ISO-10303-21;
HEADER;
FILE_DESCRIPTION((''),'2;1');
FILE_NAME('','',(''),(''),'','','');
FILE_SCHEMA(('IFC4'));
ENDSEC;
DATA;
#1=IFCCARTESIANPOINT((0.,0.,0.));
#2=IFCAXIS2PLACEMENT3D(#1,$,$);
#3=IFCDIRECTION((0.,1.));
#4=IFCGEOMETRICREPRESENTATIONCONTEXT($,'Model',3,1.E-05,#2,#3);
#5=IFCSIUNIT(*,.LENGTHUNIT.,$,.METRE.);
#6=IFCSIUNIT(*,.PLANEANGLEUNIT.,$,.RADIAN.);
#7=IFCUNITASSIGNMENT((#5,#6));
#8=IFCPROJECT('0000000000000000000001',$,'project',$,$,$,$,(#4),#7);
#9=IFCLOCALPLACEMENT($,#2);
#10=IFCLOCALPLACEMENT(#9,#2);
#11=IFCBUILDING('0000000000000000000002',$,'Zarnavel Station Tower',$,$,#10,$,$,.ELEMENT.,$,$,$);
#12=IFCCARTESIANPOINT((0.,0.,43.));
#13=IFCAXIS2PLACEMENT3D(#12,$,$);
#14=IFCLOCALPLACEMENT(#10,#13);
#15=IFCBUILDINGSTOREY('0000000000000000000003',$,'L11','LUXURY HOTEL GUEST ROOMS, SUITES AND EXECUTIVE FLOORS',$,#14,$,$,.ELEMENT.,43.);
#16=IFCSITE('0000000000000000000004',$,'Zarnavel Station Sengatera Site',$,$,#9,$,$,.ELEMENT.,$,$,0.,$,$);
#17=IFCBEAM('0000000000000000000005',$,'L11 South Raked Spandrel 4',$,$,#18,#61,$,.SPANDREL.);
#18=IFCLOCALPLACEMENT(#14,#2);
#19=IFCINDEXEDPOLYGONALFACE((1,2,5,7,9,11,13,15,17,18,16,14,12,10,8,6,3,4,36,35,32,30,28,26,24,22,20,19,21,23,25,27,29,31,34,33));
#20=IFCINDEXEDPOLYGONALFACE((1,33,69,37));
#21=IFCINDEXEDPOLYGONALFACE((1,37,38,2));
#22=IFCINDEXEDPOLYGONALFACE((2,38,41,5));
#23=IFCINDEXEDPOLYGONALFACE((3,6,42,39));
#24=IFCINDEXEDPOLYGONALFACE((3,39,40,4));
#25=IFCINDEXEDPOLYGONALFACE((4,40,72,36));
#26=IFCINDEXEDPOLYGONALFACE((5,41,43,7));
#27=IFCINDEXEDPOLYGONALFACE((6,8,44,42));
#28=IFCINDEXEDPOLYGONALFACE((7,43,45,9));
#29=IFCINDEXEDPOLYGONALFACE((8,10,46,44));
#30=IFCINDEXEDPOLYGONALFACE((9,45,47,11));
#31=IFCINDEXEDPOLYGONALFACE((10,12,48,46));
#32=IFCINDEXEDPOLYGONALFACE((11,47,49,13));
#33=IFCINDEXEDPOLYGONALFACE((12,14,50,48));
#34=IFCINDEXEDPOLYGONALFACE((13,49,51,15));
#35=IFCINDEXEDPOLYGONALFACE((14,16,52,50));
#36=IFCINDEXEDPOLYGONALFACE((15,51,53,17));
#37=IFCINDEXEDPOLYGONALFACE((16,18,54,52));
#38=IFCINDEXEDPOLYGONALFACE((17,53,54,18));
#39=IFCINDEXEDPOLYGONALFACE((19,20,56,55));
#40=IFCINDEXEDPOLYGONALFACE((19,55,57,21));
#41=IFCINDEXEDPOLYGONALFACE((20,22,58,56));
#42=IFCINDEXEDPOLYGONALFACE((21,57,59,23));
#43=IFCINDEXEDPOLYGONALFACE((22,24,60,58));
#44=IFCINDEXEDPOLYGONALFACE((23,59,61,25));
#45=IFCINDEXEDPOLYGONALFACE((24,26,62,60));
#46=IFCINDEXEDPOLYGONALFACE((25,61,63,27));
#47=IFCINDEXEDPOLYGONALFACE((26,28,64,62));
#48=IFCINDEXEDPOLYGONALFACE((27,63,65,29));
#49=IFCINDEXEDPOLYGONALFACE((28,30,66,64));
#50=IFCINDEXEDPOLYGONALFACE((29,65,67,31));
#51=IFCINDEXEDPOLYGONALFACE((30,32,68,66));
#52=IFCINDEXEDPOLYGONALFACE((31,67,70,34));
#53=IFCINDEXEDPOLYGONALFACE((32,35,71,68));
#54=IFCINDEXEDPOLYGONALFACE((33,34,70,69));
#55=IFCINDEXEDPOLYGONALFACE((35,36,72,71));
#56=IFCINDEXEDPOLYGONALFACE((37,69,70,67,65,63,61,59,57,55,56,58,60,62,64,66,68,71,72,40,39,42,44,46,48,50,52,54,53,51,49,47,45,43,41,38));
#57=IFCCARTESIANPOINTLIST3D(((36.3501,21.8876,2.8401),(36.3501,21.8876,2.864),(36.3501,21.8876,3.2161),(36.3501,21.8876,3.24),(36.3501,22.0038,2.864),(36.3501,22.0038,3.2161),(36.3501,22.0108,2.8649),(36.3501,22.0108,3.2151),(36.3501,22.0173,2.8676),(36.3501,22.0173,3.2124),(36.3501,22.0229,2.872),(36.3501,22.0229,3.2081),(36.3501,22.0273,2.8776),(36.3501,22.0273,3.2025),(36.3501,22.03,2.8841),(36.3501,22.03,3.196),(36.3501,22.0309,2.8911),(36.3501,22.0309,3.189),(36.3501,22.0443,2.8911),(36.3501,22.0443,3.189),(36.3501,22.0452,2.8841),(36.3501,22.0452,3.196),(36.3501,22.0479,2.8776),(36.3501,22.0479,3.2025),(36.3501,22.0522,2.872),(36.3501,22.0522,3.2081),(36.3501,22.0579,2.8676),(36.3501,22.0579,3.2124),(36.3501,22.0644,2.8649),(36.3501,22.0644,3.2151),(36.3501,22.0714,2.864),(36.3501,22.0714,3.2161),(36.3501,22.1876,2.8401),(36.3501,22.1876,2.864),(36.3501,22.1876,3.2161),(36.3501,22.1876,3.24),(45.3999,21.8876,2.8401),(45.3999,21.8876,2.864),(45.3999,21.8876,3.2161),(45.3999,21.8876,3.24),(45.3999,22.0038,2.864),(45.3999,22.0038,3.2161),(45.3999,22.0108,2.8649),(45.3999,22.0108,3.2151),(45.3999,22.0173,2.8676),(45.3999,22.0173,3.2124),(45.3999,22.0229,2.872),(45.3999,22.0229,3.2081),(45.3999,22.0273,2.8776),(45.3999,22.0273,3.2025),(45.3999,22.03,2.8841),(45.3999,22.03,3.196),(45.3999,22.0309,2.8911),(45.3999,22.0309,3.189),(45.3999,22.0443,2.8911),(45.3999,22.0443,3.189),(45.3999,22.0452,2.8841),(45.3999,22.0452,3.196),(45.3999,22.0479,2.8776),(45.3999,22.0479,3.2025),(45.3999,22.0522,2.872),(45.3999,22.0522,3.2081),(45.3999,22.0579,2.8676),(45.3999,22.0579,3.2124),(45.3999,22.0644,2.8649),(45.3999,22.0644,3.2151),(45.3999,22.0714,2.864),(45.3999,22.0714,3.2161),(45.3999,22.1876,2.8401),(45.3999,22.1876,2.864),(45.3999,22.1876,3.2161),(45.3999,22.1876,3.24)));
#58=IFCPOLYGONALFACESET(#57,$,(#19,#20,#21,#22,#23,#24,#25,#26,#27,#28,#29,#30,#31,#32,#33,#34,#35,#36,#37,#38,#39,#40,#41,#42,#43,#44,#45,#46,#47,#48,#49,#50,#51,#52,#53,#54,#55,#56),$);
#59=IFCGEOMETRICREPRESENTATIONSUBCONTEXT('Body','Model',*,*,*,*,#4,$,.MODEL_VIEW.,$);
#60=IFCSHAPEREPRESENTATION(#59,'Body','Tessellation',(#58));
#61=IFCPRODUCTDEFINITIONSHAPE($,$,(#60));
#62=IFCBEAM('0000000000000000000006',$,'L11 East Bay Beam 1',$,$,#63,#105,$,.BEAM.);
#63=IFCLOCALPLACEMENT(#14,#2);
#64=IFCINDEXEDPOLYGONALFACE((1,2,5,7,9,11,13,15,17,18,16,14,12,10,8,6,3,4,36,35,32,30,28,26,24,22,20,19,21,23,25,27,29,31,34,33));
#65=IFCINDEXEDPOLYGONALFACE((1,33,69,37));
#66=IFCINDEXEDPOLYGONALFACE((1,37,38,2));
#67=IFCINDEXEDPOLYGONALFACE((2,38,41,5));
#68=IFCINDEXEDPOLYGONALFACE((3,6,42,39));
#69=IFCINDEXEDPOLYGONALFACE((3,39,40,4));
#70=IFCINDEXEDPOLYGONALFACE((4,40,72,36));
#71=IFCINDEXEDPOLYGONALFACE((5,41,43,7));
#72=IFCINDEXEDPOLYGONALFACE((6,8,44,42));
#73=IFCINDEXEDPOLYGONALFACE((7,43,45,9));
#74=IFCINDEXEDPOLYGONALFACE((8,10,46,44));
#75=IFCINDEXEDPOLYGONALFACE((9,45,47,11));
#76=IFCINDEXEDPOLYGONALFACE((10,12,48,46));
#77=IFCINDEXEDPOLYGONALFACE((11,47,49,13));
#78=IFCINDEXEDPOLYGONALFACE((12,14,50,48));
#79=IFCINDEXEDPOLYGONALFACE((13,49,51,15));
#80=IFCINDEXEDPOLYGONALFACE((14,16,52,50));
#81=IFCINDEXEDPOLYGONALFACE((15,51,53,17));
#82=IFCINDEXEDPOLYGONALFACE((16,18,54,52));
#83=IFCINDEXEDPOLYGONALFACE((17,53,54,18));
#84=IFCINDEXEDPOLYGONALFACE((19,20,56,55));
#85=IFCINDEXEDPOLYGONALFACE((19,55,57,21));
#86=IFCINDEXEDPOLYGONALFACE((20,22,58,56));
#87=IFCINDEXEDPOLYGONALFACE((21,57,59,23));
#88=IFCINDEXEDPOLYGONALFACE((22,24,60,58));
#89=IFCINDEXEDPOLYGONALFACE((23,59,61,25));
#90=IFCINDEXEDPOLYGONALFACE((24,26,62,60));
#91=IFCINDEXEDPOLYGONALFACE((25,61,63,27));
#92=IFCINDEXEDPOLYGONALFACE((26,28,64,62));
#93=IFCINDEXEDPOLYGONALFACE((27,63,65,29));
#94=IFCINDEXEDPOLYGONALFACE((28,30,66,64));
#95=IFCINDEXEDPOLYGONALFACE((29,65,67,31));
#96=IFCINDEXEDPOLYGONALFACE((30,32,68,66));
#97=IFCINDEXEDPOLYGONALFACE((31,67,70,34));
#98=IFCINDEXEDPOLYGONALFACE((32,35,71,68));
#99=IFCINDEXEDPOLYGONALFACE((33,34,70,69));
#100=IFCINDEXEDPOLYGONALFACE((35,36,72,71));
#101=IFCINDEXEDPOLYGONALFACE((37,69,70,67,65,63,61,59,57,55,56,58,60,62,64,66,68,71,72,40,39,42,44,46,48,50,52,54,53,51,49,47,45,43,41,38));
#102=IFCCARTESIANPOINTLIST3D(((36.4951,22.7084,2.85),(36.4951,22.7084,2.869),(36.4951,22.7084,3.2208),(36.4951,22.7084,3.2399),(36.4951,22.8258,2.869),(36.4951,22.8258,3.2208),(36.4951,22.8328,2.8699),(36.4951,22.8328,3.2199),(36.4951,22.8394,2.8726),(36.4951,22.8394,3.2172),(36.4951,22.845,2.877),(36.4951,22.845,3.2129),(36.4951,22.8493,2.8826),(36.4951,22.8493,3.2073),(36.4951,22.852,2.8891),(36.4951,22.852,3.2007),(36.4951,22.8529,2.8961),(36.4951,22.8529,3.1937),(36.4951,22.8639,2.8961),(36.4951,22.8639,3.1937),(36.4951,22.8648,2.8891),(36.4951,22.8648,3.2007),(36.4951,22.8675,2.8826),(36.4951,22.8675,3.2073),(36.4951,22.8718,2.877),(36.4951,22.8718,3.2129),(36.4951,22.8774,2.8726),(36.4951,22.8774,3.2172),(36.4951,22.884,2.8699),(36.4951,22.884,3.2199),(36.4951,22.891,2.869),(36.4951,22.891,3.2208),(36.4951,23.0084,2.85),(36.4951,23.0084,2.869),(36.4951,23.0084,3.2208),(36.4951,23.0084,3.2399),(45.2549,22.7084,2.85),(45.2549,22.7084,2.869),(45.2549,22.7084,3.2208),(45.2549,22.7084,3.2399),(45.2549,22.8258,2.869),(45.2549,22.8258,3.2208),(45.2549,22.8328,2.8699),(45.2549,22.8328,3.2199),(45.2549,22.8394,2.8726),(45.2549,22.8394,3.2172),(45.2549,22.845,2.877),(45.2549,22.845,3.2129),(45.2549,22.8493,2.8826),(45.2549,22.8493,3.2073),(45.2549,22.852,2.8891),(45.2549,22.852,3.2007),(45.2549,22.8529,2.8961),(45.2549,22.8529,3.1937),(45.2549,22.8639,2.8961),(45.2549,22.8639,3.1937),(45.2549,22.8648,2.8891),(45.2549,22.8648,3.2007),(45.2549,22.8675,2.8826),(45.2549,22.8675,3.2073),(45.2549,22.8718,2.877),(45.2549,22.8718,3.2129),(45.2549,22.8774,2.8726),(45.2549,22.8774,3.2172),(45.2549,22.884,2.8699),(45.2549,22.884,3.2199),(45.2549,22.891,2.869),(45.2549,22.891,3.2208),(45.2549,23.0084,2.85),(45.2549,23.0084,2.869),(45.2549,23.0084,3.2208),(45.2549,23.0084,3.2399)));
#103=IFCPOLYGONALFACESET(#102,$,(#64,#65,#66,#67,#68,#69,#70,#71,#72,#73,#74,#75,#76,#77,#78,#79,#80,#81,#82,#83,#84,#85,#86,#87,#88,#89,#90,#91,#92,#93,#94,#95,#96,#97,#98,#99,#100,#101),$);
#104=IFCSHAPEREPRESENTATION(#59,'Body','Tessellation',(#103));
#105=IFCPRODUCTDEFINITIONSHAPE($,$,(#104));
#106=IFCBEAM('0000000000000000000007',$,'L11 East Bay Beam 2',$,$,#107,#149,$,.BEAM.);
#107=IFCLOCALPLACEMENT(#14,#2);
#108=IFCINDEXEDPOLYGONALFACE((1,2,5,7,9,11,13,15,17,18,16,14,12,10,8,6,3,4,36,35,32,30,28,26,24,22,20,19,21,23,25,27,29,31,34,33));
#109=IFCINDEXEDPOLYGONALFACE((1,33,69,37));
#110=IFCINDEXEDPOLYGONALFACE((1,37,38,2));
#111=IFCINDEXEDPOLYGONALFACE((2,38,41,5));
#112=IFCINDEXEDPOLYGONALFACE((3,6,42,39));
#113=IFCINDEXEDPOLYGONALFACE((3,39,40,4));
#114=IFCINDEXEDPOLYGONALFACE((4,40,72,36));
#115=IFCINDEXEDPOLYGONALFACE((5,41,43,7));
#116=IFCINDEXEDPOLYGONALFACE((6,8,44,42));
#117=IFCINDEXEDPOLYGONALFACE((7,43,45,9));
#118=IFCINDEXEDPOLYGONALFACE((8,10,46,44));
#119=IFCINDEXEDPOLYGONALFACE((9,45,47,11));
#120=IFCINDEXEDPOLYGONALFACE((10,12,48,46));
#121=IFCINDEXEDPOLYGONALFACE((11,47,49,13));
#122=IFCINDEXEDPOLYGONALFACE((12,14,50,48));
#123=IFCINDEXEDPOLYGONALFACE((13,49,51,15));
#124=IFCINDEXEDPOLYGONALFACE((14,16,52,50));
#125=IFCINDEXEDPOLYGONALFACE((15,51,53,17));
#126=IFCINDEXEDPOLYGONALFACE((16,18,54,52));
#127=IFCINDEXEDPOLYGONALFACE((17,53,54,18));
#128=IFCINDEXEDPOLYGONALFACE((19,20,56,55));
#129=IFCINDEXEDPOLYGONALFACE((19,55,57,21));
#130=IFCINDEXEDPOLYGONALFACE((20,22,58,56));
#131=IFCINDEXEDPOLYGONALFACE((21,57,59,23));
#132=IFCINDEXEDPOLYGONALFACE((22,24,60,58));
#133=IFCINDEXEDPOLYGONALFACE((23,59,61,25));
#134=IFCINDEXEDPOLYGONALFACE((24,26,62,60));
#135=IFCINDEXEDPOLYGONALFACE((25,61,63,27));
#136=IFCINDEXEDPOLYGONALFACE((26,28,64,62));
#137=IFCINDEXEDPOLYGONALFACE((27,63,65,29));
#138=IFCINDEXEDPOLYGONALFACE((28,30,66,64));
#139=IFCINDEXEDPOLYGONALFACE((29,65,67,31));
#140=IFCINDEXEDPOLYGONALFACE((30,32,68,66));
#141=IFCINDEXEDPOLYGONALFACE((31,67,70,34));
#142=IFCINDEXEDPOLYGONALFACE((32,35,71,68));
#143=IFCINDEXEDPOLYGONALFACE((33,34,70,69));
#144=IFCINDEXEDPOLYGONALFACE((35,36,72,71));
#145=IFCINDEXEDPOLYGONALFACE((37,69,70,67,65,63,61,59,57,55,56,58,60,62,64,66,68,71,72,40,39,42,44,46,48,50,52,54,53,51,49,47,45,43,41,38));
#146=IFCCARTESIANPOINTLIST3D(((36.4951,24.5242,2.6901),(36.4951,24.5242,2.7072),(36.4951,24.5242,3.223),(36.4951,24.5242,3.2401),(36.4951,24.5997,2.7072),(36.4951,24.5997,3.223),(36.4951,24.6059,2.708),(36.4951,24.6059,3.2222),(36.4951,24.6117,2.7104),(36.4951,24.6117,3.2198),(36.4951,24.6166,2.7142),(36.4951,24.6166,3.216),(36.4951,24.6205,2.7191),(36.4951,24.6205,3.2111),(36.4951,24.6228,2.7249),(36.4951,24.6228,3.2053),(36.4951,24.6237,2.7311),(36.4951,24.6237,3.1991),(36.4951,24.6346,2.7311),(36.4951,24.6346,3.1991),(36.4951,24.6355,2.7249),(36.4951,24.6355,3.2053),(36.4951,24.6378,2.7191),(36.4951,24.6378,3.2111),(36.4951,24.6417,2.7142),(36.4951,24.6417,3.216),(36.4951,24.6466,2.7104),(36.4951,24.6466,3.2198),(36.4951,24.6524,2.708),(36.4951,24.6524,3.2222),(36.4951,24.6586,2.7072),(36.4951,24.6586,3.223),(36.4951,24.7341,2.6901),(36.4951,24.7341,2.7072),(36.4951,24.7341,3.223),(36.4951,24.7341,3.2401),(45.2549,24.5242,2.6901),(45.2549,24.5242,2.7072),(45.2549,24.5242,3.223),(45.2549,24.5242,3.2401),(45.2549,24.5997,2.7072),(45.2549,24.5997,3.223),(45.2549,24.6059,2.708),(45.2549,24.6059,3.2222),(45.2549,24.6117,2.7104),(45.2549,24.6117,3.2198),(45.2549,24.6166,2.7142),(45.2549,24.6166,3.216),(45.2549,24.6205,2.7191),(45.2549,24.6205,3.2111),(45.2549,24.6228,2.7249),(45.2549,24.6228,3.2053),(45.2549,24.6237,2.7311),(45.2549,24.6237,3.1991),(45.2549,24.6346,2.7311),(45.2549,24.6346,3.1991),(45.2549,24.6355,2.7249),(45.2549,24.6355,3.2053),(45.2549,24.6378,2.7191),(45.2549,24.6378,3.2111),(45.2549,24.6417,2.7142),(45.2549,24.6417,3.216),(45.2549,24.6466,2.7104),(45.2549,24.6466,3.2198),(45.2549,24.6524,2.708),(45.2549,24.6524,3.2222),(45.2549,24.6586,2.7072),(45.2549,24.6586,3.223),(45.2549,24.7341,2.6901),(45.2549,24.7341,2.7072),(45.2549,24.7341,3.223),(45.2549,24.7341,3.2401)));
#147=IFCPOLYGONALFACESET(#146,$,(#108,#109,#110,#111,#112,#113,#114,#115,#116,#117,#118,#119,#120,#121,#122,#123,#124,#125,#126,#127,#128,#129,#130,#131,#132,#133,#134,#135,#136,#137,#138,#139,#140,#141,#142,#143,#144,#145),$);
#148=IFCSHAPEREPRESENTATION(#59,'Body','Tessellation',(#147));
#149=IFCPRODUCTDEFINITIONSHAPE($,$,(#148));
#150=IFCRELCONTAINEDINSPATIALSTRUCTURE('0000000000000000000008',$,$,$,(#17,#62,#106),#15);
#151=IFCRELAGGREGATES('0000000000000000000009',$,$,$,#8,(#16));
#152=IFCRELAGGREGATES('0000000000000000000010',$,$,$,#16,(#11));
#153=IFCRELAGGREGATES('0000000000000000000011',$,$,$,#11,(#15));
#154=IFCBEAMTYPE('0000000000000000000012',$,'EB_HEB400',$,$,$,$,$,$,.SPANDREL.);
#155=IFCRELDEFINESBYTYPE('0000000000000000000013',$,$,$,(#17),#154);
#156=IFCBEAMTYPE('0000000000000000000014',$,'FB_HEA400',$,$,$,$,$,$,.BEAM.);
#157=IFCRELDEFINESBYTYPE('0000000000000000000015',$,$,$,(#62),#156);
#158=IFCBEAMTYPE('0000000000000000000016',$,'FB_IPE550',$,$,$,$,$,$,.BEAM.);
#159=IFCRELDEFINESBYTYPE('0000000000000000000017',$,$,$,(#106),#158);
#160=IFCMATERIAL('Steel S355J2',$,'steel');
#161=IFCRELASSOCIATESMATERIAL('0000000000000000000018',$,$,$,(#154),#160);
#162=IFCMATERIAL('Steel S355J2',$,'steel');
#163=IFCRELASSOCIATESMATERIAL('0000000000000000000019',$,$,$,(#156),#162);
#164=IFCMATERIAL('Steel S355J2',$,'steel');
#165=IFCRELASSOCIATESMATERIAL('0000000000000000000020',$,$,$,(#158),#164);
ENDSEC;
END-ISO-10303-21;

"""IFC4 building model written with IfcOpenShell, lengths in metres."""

from ifc_helpers import new_model, si_unit, direction, frame, origin, origin_2d, place, context, subcontext, project, spatial, i_section, extrude, material, material_profile, profile_set, type_object, element, save


model = new_model("IFC4")

# Units and contexts
model_context = context("Model", 3, precision=1e-05, world=origin(), true_north=direction((0.0, 1.0)))
body_context = subcontext(model_context, "Body", "Model", "MODEL_VIEW")
ifc_project = project(units=[si_unit("LENGTHUNIT", "METRE"), si_unit("PLANEANGLEUNIT", "RADIAN")], contexts=[model_context])

# Site, building, storey
site_placement = place(None, origin())
site = spatial("IfcSite", under=ifc_project, at=site_placement, Name="Zarnavel Station Sengatera Site", CompositionType="ELEMENT", RefElevation=0.0)
building_placement = place(site_placement, origin())
building = spatial("IfcBuilding", under=site, at=building_placement, Name="Zarnavel Station Tower", CompositionType="ELEMENT")
storey_placement = place(building_placement, frame((0.0, 0.0, 43.0)))
storey = spatial("IfcBuildingStorey", under=building, at=storey_placement, Name="L11", Description="LUXURY HOTEL GUEST ROOMS, SUITES AND EXECUTIVE FLOORS", CompositionType="ELEMENT", Elevation=43.0)

# Beams
ifc_material_1 = material(Name="Steel S355J2", Category="steel")
ifc_material_profile_1 = material_profile(ifc_material_1, i_section(OverallWidth=0.3, OverallDepth=0.3999, WebThickness=0.0134, FlangeThickness=0.0239, FilletRadius=0.0271, at=origin_2d()), Name="HEB400")
ifc_profile_set_1 = profile_set([ifc_material_profile_1], Name="Steel S355J2")
beam_type_1 = type_object("IfcBeamType", Name="EB_HEB400", PredefinedType="SPANDREL", material=ifc_profile_set_1)
beam_1_placement = place(storey_placement, frame((36.3501, 22.0376, 3.04), z_axis=(1.0, 0.0, 0.0), x_axis=(0.0, 1.0, 0.0)))
element("IfcBeam", 1, at=beam_1_placement, inside=storey, type_object=beam_type_1, Name="L11 South Raked Spandrel 4", PredefinedType="SPANDREL", context=body_context, shape_type="SweptSolid", body=[
    extrude(i_section(OverallWidth=0.3, OverallDepth=0.3999, WebThickness=0.0134, FlangeThickness=0.0239, FilletRadius=0.0271, at=origin_2d()), origin(), (0.0, 0.0, 1.0), 9.0498),
])
ifc_material_2 = material(Name="Steel S355J2", Category="steel")
ifc_material_profile_2 = material_profile(ifc_material_2, i_section(OverallWidth=0.3, OverallDepth=0.3899, WebThickness=0.011, FlangeThickness=0.019, FilletRadius=0.0271, at=origin_2d()), Name="HEA400")
ifc_profile_set_2 = profile_set([ifc_material_profile_2], Name="Steel S355J2")
beam_type_2 = type_object("IfcBeamType", Name="FB_HEA400", PredefinedType="BEAM", material=ifc_profile_set_2)
beam_2_placement = place(storey_placement, frame((36.4951, 22.8584, 3.0449), z_axis=(1.0, 0.0, 0.0), x_axis=(0.0, 1.0, 0.0)))
element("IfcBeam", 2, at=beam_2_placement, inside=storey, type_object=beam_type_2, Name="L11 East Bay Beam 1", PredefinedType="BEAM", context=body_context, shape_type="SweptSolid", body=[
    extrude(i_section(OverallWidth=0.3, OverallDepth=0.3899, WebThickness=0.011, FlangeThickness=0.019, FilletRadius=0.0271, at=origin_2d()), origin(), (0.0, 0.0, 1.0), 8.7598),
])
ifc_material_3 = material(Name="Steel S355J2", Category="steel")
ifc_material_profile_3 = material_profile(ifc_material_3, i_section(OverallWidth=0.21, OverallDepth=0.55, WebThickness=0.011, FlangeThickness=0.0171, FilletRadius=0.0239, at=origin_2d()), Name="IPE550")
ifc_profile_set_3 = profile_set([ifc_material_profile_3], Name="Steel S355J2")
beam_type_3 = type_object("IfcBeamType", Name="FB_IPE550", PredefinedType="BEAM", material=ifc_profile_set_3)
beam_3_placement = place(storey_placement, frame((36.4951, 24.6292, 2.9651), z_axis=(1.0, 0.0, 0.0), x_axis=(0.0, 1.0, 0.0)))
element("IfcBeam", 3, at=beam_3_placement, inside=storey, type_object=beam_type_3, Name="L11 East Bay Beam 2", PredefinedType="BEAM", context=body_context, shape_type="SweptSolid", body=[
    extrude(i_section(OverallWidth=0.21, OverallDepth=0.55, WebThickness=0.011, FlangeThickness=0.0171, FilletRadius=0.0239, at=origin_2d()), origin(), (0.0, 0.0, 1.0), 8.7598),
])

save(model, "model.ifc")
